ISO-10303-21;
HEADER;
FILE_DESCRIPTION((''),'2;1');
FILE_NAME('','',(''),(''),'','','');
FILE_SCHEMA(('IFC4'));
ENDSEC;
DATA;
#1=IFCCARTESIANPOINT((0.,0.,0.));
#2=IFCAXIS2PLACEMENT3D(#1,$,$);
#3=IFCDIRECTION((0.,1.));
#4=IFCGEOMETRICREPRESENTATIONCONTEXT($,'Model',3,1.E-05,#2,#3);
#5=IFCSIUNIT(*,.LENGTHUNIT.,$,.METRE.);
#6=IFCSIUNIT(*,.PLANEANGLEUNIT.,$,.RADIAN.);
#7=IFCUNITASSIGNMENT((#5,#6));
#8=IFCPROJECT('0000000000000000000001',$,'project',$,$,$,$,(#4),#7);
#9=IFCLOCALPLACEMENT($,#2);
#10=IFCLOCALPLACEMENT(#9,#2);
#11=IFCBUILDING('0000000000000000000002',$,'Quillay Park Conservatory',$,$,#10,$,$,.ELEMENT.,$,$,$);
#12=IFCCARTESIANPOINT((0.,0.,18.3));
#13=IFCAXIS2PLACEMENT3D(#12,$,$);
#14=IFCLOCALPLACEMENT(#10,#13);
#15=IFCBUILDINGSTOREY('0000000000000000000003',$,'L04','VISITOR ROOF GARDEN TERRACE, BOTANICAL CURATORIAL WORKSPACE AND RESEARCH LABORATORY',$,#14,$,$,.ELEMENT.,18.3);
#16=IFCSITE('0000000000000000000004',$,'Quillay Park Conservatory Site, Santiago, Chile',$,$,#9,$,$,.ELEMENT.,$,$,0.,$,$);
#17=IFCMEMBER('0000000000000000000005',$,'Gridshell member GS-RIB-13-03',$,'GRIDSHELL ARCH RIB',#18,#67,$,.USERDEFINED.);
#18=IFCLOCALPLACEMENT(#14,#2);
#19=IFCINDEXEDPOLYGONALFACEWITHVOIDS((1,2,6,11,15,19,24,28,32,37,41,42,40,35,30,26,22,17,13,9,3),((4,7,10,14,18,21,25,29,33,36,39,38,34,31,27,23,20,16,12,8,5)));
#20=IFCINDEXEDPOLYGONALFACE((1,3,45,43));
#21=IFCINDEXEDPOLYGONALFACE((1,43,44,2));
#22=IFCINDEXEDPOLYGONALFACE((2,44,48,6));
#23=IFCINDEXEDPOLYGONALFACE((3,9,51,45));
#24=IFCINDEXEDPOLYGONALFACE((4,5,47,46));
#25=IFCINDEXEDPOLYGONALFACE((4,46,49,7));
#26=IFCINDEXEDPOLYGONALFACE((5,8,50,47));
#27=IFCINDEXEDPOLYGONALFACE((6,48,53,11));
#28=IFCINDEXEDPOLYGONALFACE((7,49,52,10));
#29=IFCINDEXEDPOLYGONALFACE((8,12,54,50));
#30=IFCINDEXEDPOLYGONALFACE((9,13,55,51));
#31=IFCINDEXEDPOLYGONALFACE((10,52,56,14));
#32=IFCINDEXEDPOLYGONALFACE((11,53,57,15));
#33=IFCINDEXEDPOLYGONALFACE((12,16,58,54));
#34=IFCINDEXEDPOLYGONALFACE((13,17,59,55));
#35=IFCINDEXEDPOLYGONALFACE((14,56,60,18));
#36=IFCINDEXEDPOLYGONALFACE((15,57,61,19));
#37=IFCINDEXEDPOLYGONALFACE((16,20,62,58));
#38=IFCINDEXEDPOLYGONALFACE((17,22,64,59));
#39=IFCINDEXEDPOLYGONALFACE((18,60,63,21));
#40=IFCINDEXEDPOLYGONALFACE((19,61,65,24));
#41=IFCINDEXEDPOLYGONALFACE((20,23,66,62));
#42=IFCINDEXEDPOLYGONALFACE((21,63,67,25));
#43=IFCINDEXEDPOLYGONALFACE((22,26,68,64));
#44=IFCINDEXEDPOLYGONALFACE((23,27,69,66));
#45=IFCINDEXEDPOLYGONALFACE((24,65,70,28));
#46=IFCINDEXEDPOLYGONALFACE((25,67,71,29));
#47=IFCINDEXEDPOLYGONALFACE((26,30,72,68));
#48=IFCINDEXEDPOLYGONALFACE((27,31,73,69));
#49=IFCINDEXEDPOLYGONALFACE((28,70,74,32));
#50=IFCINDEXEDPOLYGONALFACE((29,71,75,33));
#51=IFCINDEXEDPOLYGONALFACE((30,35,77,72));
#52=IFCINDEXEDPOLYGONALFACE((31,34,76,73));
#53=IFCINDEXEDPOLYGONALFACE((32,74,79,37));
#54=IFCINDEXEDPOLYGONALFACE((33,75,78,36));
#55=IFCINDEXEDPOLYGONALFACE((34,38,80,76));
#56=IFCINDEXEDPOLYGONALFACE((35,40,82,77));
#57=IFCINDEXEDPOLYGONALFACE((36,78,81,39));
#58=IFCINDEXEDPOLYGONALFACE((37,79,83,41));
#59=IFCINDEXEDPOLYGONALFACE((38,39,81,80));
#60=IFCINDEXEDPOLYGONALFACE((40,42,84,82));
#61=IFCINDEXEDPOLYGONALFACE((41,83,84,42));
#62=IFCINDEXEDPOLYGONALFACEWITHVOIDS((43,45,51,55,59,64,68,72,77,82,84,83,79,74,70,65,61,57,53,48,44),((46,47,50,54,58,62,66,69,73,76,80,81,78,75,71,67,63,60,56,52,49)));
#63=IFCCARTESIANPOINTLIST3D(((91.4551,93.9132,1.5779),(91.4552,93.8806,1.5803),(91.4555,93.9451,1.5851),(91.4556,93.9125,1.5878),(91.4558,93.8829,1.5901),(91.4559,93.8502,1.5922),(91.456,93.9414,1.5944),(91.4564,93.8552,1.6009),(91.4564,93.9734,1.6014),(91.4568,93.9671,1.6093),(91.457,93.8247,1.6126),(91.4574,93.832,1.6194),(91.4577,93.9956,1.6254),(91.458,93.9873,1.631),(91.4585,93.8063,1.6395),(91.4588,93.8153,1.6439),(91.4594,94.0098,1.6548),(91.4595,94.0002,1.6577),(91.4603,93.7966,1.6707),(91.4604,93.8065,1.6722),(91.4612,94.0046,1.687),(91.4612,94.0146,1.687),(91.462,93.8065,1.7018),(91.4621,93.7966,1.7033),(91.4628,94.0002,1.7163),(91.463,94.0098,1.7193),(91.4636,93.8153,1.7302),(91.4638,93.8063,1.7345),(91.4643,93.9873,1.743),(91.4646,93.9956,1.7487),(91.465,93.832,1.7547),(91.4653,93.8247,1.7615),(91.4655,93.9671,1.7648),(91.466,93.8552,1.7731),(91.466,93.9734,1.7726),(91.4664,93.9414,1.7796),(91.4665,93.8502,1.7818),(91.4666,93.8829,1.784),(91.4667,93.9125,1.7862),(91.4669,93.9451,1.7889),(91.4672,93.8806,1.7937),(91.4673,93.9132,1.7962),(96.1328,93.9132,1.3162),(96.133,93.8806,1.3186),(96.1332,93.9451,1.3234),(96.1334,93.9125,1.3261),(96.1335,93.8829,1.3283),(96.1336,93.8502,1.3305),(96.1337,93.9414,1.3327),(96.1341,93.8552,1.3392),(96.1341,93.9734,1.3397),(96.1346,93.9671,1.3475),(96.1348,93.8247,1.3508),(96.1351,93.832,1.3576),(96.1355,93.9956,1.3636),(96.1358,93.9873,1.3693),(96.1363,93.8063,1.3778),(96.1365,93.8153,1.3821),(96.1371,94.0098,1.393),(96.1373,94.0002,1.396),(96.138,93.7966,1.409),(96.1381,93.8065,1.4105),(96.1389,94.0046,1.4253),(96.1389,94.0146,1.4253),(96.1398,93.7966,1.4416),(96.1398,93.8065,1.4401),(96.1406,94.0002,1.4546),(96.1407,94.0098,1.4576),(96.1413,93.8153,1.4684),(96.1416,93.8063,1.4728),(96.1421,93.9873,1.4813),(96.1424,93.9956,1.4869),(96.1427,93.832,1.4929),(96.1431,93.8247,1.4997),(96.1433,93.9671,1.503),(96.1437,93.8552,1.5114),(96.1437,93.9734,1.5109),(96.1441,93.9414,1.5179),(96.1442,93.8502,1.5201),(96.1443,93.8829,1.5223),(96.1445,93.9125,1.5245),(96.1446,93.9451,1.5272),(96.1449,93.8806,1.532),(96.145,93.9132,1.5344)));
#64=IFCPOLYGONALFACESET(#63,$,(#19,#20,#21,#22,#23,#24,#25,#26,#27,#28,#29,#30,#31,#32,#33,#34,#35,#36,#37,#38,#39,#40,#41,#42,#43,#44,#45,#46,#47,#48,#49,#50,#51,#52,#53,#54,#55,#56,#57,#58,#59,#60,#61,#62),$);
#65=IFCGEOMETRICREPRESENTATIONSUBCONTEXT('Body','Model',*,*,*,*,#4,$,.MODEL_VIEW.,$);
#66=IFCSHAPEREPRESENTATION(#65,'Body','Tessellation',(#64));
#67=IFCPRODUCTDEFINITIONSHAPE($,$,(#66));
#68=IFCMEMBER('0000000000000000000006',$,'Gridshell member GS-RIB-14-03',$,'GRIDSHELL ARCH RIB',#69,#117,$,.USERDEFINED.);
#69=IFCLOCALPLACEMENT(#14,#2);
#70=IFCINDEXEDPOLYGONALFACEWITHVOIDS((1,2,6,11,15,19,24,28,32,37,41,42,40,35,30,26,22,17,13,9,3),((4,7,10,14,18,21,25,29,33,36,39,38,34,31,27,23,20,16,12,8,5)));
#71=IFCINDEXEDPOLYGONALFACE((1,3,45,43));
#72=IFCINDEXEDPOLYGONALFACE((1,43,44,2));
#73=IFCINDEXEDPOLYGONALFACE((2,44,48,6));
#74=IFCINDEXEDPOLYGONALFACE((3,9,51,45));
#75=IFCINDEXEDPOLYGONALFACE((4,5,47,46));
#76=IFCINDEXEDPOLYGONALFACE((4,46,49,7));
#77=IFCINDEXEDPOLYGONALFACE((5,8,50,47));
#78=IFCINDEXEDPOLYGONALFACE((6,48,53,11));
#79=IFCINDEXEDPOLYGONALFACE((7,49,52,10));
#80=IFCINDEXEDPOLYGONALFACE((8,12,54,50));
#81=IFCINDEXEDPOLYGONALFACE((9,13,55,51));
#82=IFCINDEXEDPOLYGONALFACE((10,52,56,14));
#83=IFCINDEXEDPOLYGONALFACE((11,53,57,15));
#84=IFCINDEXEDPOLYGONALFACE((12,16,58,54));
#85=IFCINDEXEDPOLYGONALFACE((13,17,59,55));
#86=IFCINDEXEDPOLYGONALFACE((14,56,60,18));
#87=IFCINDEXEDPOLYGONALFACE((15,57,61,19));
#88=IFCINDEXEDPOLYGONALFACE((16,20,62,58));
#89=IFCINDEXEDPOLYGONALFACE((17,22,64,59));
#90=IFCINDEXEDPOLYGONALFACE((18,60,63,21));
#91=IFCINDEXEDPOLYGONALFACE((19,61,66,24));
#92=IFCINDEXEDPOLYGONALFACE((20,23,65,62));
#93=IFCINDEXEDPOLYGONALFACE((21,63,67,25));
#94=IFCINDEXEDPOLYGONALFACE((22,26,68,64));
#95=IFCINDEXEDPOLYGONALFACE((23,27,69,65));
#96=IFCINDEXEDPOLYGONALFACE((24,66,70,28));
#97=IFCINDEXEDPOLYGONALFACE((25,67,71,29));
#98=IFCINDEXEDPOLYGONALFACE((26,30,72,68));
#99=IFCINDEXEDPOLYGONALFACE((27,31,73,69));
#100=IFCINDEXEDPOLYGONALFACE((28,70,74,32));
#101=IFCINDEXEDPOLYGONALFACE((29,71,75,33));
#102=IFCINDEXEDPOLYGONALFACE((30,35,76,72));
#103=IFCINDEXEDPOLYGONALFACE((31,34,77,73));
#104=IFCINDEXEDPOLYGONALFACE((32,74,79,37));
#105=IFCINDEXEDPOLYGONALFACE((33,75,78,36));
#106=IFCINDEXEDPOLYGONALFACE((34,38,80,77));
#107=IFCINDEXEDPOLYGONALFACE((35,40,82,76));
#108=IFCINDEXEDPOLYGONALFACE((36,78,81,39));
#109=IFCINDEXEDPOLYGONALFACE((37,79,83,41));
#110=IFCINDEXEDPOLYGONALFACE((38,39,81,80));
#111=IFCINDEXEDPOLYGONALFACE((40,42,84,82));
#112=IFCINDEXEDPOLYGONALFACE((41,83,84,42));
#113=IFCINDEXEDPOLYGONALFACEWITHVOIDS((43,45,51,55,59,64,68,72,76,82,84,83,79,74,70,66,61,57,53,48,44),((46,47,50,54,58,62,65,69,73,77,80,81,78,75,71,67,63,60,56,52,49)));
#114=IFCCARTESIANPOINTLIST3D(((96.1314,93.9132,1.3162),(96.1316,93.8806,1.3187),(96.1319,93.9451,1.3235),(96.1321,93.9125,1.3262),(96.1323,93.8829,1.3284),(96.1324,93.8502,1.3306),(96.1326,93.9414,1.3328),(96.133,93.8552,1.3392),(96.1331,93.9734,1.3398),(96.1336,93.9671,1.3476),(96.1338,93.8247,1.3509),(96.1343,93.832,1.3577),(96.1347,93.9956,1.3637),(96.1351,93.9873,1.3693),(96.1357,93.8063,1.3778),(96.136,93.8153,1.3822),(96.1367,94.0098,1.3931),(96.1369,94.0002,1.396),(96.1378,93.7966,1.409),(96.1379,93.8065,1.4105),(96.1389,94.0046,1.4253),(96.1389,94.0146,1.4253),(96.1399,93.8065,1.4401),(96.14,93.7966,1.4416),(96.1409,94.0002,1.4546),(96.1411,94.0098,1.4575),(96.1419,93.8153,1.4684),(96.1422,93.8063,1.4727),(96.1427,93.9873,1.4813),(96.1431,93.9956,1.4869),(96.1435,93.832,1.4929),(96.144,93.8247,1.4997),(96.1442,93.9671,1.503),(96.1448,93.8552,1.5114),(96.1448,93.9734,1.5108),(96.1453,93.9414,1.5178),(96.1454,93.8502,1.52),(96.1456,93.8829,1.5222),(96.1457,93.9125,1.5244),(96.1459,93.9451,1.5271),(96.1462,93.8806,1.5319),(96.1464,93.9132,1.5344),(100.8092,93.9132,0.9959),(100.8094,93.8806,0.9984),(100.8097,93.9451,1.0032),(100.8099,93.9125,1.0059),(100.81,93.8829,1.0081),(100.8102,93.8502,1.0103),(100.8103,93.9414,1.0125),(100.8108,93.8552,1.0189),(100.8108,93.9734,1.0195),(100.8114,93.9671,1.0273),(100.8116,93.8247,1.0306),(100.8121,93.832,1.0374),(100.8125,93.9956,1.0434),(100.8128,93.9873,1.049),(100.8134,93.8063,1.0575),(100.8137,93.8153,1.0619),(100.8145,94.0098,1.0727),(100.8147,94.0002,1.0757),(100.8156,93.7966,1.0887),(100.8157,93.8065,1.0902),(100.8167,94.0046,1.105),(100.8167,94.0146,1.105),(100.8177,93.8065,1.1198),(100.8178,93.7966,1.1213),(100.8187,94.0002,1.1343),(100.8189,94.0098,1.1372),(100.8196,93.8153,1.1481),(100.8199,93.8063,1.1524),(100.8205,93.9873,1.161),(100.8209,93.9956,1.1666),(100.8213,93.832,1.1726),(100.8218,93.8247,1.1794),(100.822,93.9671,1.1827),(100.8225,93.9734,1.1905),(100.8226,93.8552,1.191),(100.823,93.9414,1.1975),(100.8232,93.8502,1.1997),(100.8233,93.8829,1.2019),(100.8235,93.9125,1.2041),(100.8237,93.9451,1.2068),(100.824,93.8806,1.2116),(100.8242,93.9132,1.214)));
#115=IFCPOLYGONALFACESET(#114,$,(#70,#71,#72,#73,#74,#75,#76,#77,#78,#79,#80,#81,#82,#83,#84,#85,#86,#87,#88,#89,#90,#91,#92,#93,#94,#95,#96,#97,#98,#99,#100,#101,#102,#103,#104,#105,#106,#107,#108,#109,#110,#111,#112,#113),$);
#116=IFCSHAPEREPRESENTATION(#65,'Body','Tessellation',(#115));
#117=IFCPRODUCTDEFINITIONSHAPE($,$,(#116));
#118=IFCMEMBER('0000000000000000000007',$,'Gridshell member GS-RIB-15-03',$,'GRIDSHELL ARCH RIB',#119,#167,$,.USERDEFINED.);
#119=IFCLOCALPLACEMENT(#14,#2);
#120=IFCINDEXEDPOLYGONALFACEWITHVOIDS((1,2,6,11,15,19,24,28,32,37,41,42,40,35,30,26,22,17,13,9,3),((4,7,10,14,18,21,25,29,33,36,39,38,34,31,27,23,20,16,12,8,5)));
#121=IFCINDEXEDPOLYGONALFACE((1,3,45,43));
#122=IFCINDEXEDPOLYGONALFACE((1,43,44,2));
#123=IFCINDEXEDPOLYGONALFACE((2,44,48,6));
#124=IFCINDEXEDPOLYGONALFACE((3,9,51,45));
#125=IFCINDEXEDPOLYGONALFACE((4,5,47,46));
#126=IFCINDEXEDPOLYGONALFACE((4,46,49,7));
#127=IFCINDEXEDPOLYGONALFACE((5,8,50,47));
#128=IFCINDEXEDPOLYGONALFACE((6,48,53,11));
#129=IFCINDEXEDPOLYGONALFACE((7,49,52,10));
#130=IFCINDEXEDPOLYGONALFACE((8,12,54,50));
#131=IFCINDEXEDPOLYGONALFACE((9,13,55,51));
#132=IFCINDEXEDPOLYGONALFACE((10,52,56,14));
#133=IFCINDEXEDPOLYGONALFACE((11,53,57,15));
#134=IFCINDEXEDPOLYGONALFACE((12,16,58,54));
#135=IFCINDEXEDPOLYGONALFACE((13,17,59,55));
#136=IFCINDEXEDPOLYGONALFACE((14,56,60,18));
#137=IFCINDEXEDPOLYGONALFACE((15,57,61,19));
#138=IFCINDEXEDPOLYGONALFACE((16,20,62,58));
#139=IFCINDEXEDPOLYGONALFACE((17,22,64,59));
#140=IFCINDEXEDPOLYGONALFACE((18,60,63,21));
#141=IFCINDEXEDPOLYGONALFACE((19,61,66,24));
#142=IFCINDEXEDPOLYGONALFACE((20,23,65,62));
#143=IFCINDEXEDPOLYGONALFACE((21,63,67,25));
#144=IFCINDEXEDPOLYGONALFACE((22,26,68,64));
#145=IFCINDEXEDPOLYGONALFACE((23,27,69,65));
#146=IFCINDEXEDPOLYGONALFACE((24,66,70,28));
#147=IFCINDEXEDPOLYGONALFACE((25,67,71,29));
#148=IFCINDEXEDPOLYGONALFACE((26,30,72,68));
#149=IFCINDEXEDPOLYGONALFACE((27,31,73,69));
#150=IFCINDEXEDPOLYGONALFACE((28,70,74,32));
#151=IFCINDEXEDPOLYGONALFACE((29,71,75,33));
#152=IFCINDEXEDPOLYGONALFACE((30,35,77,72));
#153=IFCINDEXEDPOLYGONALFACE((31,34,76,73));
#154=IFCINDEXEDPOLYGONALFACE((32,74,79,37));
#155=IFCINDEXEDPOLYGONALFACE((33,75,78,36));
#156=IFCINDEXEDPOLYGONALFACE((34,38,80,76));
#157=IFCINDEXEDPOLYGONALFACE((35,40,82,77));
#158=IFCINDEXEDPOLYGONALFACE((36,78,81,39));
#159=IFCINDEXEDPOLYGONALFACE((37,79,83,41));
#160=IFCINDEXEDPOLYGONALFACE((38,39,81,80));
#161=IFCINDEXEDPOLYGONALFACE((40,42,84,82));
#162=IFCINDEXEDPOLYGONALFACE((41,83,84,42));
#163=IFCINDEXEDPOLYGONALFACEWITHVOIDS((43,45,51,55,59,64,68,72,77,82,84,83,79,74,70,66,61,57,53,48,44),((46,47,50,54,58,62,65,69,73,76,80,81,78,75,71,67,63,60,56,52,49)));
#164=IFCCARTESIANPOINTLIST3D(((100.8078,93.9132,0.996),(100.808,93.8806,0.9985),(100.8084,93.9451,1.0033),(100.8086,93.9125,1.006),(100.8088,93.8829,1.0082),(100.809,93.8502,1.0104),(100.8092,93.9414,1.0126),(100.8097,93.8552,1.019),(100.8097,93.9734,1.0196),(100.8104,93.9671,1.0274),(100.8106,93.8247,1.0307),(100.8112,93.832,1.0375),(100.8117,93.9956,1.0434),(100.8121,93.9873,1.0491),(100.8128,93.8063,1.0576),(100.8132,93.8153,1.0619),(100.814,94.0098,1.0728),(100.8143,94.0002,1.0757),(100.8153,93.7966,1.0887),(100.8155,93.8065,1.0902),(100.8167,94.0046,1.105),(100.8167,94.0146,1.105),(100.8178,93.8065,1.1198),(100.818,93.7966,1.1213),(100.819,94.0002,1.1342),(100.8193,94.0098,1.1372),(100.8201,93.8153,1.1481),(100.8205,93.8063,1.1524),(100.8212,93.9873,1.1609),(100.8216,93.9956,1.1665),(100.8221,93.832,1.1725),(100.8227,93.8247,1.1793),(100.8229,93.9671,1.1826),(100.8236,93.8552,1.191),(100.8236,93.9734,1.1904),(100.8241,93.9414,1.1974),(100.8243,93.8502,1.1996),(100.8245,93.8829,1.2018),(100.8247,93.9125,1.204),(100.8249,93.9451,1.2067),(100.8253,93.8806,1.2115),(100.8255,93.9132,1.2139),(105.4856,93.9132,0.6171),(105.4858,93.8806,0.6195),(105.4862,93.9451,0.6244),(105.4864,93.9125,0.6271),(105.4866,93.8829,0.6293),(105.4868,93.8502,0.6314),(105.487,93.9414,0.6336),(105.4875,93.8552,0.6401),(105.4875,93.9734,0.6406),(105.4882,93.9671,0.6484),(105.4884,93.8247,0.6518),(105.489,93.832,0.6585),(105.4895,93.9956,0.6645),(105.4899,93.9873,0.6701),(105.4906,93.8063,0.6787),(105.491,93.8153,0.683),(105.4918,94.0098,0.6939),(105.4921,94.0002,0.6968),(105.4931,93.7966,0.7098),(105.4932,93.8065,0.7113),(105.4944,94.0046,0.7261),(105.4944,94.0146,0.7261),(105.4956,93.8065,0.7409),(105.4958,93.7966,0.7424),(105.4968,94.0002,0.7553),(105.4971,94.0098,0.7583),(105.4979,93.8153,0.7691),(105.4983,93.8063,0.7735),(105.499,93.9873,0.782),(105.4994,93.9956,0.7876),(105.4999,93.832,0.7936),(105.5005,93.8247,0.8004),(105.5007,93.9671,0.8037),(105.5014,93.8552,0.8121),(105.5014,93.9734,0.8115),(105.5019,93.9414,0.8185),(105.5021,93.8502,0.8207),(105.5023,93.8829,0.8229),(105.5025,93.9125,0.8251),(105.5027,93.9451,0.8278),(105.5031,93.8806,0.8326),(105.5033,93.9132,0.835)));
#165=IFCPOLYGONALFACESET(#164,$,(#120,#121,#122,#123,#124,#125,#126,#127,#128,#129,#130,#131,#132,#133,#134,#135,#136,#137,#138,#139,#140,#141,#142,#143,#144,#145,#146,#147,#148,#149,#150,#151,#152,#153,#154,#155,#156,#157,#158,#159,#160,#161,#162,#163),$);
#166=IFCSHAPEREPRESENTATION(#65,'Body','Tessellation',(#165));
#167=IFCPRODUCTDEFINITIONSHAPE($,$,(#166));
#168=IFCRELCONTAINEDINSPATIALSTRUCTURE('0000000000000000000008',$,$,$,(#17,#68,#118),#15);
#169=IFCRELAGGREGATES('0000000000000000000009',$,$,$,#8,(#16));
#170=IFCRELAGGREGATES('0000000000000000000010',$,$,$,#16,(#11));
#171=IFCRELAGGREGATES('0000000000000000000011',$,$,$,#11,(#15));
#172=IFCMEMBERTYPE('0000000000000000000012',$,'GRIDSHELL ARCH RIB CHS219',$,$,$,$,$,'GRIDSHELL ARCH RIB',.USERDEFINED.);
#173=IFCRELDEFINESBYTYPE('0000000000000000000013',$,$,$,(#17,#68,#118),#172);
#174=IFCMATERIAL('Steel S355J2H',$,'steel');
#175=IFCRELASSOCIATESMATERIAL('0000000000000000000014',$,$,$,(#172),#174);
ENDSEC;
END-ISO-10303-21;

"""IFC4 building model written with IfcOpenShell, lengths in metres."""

from ifc_helpers import new_model, si_unit, direction, frame, origin, origin_2d, place, context, subcontext, project, spatial, hollow_circle, extrude, material, material_profile, profile_set, type_object, element, save


model = new_model("IFC4")

# Units and contexts
model_context = context("Model", 3, precision=1e-05, world=origin(), true_north=direction((0.0, 1.0)))
body_context = subcontext(model_context, "Body", "Model", "MODEL_VIEW")
ifc_project = project(units=[si_unit("LENGTHUNIT", "METRE"), si_unit("PLANEANGLEUNIT", "RADIAN")], contexts=[model_context])

# Site, building, storey
site_placement = place(None, origin())
site = spatial("IfcSite", under=ifc_project, at=site_placement, Name="Quillay Park Conservatory Site, Santiago, Chile", CompositionType="ELEMENT", RefElevation=0.0)
building_placement = place(site_placement, origin())
building = spatial("IfcBuilding", under=site, at=building_placement, Name="Quillay Park Conservatory", CompositionType="ELEMENT")
storey_placement = place(building_placement, frame((0.0, 0.0, 18.3)))
storey = spatial("IfcBuildingStorey", under=building, at=storey_placement, Name="L04", Description="VISITOR ROOF GARDEN TERRACE, BOTANICAL CURATORIAL WORKSPACE AND RESEARCH LABORATORY", CompositionType="ELEMENT", Elevation=18.3)

# Members
ifc_material_1 = material(Name="Steel S355J2H", Category="steel")
ifc_material_profile_1 = material_profile(ifc_material_1, hollow_circle(Radius=0.1096, WallThickness=0.01, at=origin_2d()), Name="CHS219.1x10")
ifc_profile_set_1 = profile_set([ifc_material_profile_1], Name="Steel S355J2H")
member_type = type_object("IfcMemberType", Name="GRIDSHELL ARCH RIB CHS219", ElementType="GRIDSHELL ARCH RIB", PredefinedType="USERDEFINED", material=ifc_profile_set_1)
member_1_placement = place(storey_placement, frame((91.4612, 93.905, 1.687), z_axis=(0.998438, 0.0, -0.055863), x_axis=(0.0, 1.0, 0.0)))
element("IfcMember", 1, at=member_1_placement, inside=storey, type_object=member_type, Name="Gridshell member GS-RIB-13-03", ObjectType="GRIDSHELL ARCH RIB", PredefinedType="USERDEFINED", context=body_context, shape_type="SweptSolid", body=[
    extrude(hollow_circle(Radius=0.1096, WallThickness=0.01, at=origin_2d()), origin(), (0.0, 0.0, 1.0), 4.6851),
])
member_2_placement = place(storey_placement, frame((96.1389, 93.905, 1.4253), z_axis=(0.997664, 0.0, -0.068316), x_axis=(0.0, 1.0, 0.0)))
element("IfcMember", 2, at=member_2_placement, inside=storey, type_object=member_type, Name="Gridshell member GS-RIB-14-03", ObjectType="GRIDSHELL ARCH RIB", PredefinedType="USERDEFINED", context=body_context, shape_type="SweptSolid", body=[
    extrude(hollow_circle(Radius=0.1096, WallThickness=0.01, at=origin_2d()), origin(), (0.0, 0.0, 1.0), 4.6887),
])
member_3_placement = place(storey_placement, frame((100.8167, 93.905, 1.105), z_axis=(0.996735, 0.0, -0.080738), x_axis=(0.0, 1.0, 0.0)))
element("IfcMember", 3, at=member_3_placement, inside=storey, type_object=member_type, Name="Gridshell member GS-RIB-15-03", ObjectType="GRIDSHELL ARCH RIB", PredefinedType="USERDEFINED", context=body_context, shape_type="SweptSolid", body=[
    extrude(hollow_circle(Radius=0.1096, WallThickness=0.01, at=origin_2d()), origin(), (0.0, 0.0, 1.0), 4.6931),
])

save(model, "model.ifc")
